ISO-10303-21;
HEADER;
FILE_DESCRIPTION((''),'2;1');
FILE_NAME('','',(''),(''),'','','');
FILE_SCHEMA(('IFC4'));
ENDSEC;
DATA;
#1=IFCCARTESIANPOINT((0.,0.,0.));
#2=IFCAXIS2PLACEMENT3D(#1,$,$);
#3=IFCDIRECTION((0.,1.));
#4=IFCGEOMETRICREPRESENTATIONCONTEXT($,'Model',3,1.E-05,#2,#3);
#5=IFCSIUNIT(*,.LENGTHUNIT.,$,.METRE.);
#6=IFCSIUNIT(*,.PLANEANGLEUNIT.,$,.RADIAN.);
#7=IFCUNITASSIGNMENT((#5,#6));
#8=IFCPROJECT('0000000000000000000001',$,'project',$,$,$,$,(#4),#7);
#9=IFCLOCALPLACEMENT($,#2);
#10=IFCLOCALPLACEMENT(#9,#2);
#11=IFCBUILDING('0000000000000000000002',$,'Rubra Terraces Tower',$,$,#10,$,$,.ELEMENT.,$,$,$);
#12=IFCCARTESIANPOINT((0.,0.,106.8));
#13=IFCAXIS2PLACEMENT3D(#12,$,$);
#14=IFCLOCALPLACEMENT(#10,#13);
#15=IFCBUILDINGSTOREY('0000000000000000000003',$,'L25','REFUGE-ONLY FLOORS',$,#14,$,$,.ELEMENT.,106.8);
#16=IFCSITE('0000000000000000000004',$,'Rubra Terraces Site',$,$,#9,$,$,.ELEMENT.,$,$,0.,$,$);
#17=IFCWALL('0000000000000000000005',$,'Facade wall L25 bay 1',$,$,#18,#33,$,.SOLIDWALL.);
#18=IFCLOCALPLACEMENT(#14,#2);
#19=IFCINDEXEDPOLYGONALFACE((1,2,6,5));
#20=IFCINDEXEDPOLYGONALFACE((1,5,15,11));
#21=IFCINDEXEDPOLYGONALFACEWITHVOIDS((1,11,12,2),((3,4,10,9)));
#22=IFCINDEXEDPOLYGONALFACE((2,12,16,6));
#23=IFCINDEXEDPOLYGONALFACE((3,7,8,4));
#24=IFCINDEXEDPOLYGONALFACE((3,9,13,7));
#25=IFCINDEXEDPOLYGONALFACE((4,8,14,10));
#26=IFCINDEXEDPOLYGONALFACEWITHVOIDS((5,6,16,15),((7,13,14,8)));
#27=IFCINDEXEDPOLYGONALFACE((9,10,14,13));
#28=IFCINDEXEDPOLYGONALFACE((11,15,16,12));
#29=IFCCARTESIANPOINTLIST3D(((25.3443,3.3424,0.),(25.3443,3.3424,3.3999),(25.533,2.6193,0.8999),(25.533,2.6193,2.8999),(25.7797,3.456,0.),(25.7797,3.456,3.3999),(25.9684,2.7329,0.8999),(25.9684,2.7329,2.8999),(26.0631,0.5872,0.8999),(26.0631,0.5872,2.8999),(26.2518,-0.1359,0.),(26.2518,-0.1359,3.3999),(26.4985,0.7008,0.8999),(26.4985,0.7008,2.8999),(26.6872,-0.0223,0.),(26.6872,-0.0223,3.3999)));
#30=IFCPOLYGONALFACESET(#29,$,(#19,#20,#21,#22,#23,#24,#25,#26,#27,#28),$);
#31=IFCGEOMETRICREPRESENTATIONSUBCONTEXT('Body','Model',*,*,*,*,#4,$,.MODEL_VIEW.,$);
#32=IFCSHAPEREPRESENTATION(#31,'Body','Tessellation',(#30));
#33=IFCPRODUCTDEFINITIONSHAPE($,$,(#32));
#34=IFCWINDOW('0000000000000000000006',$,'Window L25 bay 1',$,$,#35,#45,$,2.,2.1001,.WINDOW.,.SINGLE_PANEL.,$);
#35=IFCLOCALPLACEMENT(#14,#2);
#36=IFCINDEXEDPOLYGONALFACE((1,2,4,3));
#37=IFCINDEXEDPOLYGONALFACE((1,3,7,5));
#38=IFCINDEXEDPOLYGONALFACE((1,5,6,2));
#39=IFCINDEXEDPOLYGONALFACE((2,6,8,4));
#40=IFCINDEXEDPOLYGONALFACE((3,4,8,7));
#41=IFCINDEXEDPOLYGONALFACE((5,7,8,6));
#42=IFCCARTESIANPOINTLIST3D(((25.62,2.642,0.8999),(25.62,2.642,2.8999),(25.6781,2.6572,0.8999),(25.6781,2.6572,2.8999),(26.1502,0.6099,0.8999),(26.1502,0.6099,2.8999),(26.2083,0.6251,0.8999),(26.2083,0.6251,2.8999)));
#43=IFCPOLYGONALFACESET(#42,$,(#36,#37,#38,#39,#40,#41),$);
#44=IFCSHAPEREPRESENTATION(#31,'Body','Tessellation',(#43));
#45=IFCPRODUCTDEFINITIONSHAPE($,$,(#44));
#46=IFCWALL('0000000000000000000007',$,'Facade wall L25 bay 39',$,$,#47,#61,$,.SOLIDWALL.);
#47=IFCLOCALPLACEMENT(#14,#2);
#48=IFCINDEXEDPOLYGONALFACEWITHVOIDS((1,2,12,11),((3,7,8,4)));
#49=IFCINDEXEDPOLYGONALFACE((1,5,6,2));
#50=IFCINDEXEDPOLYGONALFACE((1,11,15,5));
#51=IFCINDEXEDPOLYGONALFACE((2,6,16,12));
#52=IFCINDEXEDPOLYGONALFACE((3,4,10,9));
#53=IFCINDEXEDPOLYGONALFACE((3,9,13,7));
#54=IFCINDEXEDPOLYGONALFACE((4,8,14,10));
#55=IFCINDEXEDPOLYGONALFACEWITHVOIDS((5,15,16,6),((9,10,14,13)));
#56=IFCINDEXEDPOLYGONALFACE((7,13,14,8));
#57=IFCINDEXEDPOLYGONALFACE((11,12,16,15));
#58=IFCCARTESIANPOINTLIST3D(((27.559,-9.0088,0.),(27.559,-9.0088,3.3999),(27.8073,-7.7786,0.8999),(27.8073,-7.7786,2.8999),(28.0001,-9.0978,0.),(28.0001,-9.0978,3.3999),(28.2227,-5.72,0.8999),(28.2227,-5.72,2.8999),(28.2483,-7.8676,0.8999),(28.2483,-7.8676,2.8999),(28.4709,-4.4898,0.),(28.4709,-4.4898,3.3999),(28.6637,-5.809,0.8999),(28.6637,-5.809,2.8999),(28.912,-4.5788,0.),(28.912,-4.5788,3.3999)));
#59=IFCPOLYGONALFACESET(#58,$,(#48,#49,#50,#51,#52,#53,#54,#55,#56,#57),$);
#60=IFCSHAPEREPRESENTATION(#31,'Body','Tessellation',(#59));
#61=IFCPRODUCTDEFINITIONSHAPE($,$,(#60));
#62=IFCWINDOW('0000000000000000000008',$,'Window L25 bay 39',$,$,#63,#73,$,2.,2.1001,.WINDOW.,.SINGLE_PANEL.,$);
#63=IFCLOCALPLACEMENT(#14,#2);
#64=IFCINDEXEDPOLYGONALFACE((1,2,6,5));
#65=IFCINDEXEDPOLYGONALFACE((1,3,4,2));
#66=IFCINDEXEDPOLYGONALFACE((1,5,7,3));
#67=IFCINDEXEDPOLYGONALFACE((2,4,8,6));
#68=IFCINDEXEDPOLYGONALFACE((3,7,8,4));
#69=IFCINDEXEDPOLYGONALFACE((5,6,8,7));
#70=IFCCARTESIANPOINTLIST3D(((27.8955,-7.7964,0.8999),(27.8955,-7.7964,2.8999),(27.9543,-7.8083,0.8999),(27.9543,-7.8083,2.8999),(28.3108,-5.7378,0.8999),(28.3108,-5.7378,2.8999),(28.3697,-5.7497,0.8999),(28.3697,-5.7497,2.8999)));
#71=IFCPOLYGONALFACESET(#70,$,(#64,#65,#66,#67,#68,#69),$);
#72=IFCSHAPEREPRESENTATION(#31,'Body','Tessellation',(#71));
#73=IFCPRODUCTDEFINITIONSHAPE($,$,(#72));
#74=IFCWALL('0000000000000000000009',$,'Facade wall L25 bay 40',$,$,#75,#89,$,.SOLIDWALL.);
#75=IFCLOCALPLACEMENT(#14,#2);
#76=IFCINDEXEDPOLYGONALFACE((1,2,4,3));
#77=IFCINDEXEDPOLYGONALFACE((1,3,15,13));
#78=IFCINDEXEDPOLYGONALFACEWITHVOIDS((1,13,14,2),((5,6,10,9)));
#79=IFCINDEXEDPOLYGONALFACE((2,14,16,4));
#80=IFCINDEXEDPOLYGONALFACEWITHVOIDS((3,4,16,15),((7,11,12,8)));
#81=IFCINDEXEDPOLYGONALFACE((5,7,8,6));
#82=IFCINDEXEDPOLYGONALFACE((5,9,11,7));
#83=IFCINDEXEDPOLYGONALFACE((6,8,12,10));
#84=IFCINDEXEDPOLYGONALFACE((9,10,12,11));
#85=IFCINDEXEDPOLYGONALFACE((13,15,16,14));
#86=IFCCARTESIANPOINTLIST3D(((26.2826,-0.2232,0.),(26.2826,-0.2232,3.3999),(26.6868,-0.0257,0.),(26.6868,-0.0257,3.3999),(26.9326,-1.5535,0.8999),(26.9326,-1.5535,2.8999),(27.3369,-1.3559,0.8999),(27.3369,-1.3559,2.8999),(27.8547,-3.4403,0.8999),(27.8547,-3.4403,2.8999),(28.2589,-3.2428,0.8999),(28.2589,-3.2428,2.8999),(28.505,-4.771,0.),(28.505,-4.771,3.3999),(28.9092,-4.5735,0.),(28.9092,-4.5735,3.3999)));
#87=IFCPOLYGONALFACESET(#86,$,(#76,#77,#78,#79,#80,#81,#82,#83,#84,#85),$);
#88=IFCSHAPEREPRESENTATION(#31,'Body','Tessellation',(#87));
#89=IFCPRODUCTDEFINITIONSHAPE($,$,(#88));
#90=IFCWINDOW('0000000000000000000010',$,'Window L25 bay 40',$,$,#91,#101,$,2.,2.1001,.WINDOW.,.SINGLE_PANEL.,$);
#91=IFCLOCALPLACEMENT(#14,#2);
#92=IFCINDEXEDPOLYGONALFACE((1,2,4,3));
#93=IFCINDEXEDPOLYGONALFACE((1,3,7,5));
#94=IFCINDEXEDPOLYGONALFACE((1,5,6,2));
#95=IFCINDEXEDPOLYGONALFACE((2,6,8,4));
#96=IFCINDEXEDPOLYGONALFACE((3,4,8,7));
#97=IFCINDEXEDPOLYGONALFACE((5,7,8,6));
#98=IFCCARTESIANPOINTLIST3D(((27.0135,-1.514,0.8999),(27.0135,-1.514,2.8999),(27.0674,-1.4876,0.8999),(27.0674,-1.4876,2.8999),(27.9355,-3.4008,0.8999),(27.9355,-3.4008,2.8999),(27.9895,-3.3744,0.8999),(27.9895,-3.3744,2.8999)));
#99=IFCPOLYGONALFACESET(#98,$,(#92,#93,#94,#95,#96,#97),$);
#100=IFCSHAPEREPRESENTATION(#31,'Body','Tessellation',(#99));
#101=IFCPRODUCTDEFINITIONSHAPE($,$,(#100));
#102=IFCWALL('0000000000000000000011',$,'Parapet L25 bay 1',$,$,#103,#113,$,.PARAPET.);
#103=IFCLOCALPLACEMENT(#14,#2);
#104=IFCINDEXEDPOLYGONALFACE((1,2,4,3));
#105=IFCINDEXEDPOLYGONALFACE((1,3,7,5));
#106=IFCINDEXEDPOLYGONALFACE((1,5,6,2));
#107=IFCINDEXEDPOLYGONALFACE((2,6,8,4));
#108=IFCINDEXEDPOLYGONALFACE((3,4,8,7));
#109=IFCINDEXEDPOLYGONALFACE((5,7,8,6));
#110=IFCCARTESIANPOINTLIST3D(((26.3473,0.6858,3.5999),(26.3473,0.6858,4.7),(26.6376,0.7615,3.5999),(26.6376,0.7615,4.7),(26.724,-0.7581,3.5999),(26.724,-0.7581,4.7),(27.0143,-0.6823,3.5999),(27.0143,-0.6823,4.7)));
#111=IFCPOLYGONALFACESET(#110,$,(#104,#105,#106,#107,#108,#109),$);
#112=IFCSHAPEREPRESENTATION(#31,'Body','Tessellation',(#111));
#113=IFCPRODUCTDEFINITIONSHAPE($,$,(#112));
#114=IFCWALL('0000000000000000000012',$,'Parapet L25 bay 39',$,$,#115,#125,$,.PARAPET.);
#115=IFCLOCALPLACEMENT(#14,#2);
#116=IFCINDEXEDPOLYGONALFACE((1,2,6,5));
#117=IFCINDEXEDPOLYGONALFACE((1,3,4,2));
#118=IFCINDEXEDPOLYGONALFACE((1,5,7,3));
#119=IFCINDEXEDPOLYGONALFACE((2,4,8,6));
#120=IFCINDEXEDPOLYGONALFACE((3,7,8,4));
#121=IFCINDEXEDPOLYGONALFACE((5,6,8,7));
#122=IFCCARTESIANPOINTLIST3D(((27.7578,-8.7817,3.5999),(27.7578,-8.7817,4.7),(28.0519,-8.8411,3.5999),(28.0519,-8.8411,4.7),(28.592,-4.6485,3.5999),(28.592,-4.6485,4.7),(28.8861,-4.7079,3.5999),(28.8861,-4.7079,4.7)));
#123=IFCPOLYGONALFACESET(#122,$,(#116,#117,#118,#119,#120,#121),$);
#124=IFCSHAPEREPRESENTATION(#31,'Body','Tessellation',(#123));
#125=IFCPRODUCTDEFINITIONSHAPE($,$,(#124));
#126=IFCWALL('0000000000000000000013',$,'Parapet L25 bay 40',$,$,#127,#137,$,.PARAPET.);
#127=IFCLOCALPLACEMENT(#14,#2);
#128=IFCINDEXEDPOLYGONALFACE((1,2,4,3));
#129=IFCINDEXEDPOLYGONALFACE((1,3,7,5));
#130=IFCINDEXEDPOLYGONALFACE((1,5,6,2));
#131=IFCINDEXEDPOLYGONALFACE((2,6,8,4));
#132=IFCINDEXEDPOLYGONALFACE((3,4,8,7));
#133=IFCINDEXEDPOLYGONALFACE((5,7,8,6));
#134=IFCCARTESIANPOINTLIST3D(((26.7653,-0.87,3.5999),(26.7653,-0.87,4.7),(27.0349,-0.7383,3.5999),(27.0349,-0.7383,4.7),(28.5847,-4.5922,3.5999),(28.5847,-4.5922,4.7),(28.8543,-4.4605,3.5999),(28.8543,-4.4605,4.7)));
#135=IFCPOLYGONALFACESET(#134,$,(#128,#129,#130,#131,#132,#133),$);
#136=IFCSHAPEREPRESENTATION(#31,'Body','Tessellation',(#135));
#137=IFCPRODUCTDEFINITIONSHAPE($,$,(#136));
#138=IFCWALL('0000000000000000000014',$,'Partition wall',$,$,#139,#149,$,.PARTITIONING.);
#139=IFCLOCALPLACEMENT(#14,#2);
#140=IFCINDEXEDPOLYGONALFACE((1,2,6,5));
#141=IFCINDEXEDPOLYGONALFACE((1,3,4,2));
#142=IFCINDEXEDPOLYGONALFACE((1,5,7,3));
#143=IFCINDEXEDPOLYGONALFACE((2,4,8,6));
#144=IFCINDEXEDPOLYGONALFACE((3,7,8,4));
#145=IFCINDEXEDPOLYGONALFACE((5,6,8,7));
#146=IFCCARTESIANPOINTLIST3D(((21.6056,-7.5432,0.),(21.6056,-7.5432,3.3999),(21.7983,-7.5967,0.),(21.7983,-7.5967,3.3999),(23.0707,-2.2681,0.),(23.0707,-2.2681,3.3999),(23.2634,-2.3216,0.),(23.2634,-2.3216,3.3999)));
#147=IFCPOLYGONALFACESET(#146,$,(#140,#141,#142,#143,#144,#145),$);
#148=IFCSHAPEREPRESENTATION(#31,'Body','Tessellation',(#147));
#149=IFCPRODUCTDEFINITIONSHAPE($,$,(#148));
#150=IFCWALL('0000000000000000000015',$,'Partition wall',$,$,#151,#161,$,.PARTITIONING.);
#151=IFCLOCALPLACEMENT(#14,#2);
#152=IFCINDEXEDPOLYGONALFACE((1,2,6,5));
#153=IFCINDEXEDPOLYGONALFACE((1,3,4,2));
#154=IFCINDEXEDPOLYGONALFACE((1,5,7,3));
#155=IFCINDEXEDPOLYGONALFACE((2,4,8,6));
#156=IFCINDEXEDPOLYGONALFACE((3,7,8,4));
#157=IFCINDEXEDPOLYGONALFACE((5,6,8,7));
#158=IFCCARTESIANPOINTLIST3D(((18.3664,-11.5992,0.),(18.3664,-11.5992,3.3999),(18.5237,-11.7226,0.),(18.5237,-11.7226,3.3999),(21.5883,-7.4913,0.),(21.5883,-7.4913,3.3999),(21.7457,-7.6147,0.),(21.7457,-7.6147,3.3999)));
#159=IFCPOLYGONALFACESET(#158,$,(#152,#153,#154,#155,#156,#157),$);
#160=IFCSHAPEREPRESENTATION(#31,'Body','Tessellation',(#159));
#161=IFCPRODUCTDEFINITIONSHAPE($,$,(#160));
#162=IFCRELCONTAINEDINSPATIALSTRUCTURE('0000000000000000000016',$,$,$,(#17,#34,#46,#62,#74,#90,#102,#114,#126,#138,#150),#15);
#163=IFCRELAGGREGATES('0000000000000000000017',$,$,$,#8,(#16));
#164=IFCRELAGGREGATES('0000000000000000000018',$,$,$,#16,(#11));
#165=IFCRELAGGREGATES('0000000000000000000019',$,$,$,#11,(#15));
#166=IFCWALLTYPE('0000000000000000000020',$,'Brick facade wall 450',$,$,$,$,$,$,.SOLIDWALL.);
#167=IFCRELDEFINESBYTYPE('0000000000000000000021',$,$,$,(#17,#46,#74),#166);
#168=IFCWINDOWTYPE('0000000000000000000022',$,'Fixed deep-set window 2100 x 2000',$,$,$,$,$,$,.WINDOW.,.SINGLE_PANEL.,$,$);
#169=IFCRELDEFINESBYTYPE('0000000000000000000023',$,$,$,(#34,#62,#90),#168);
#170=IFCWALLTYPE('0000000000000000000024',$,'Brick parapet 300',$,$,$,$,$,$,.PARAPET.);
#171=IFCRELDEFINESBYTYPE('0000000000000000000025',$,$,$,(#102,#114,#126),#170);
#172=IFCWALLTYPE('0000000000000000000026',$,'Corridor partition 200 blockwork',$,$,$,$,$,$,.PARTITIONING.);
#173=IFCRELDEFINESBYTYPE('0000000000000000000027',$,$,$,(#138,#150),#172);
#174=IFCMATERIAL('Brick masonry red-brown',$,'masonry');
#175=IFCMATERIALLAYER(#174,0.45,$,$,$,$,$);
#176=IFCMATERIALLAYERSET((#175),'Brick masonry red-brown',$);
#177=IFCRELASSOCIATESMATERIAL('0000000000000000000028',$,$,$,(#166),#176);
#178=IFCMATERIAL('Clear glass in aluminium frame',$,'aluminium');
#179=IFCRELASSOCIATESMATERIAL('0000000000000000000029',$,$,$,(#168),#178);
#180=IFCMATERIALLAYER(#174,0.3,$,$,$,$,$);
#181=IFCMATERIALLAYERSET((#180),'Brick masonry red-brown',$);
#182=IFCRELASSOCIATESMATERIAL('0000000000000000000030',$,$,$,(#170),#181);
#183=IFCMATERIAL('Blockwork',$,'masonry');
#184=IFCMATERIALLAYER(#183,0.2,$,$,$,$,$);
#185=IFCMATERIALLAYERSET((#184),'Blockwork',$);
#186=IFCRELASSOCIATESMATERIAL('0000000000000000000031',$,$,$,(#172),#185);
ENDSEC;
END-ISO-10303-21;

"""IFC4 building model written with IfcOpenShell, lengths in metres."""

from ifc_helpers import new_model, si_unit, direction, frame, frame_2d, origin, place, context, subcontext, project, spatial, rectangle, extrude, material, layer, layer_set, type_object, element, fill, save


model = new_model("IFC4")

# Units and contexts
model_context = context("Model", 3, precision=1e-05, world=origin(), true_north=direction((0.0, 1.0)))
body_context = subcontext(model_context, "Body", "Model", "MODEL_VIEW")
ifc_project = project(units=[si_unit("LENGTHUNIT", "METRE"), si_unit("PLANEANGLEUNIT", "RADIAN")], contexts=[model_context])

# Site, building, storey
site_placement = place(None, origin())
site = spatial("IfcSite", under=ifc_project, at=site_placement, Name="Rubra Terraces Site", CompositionType="ELEMENT", RefElevation=0.0)
building_placement = place(site_placement, origin())
building = spatial("IfcBuilding", under=site, at=building_placement, Name="Rubra Terraces Tower", CompositionType="ELEMENT")
storey_placement = place(building_placement, frame((0.0, 0.0, 106.8)))
storey = spatial("IfcBuildingStorey", under=building, at=storey_placement, Name="L25", Description="REFUGE-ONLY FLOORS", CompositionType="ELEMENT", Elevation=106.8)

# Walls, openings, windows
ifc_material_1 = material(Name="Brick masonry red-brown", Category="masonry")
ifc_layer_1 = layer(ifc_material_1, 0.45)
ifc_layer_set_1 = layer_set([ifc_layer_1], Name="Brick masonry red-brown")
wall_type_1 = type_object("IfcWallType", Name="Brick facade wall 450", PredefinedType="SOLIDWALL", material=ifc_layer_set_1)
wall_1_placement = place(storey_placement, frame((26.4695, -0.0791, 0.0), z_axis=(0.0, 0.0, 1.0), x_axis=(-0.252447, 0.967611, 0.0)))
wall_1 = element("IfcWall", 1, at=wall_1_placement, inside=storey, type_object=wall_type_1, Name="Facade wall L25 bay 1", PredefinedType="SOLIDWALL", context=body_context, shape_type="SweptSolid", body=[
    extrude(rectangle(XDim=3.5947, YDim=0.45, at=frame_2d((1.7974, 0.0))), origin(), (0.0, 0.0, 1.0), 3.3999),
])
opening_1_placement = place(wall_1_placement, frame((0.7473, 0.0, 0.8999)))
opening_1 = element("IfcOpeningElement", 2, at=opening_1_placement, cuts=wall_1, PredefinedType="OPENING", context=body_context, shape_type="SweptSolid", body=[
    extrude(rectangle(XDim=2.1001, YDim=2.0, at=frame_2d((1.05, 1.0))), frame((0.0, 0.2349, 0.0), z_axis=(0.0, -1.0, 0.0), x_axis=(1.0, 0.0, 0.0)), (0.0, 0.0, 1.0), 0.47),
])
ifc_material_2 = material(Name="Clear glass in aluminium frame", Category="aluminium")
window_type = type_object("IfcWindowType", Name="Fixed deep-set window 2100 x 2000", PartitioningType="SINGLE_PANEL", PredefinedType="WINDOW", material=ifc_material_2)
window_1_placement = place(opening_1_placement, origin())
window_1 = element("IfcWindow", 3, at=window_1_placement, inside=storey, type_object=window_type, Name="Window L25 bay 1", OverallHeight=2.0, OverallWidth=2.1001, PartitioningType="SINGLE_PANEL", PredefinedType="WINDOW", context=body_context, shape_type="SweptSolid", body=[
    extrude(rectangle(XDim=2.1001, YDim=2.0, at=frame_2d((1.05, 1.0))), frame((0.0, 0.135, 0.0), z_axis=(0.0, -1.0, 0.0), x_axis=(1.0, 0.0, 0.0)), (0.0, 0.0, 1.0), 0.0601),
])
fill(opening_1, window_1)
wall_2_placement = place(storey_placement, frame((27.7795, -9.0535, 0.0), z_axis=(0.0, 0.0, 1.0), x_axis=(0.197796, 0.980243, 0.0)))
wall_2 = element("IfcWall", 4, at=wall_2_placement, inside=storey, type_object=wall_type_1, Name="Facade wall L25 bay 39", PredefinedType="SOLIDWALL", context=body_context, shape_type="SweptSolid", body=[
    extrude(rectangle(XDim=4.6101, YDim=0.45, at=frame_2d((2.3052, 0.0))), origin(), (0.0, 0.0, 1.0), 3.3999),
])
opening_2_placement = place(wall_2_placement, frame((1.2551, 0.0, 0.8999)))
opening_2 = element("IfcOpeningElement", 5, at=opening_2_placement, cuts=wall_2, PredefinedType="OPENING", context=body_context, shape_type="SweptSolid", body=[
    extrude(rectangle(XDim=2.1001, YDim=2.0, at=frame_2d((1.05, 1.0))), frame((0.0, 0.2349, 0.0), z_axis=(0.0, -1.0, 0.0), x_axis=(1.0, 0.0, 0.0)), (0.0, 0.0, 1.0), 0.47),
])
window_2_placement = place(opening_2_placement, origin())
window_2 = element("IfcWindow", 6, at=window_2_placement, inside=storey, type_object=window_type, Name="Window L25 bay 39", OverallHeight=2.0, OverallWidth=2.1001, PartitioningType="SINGLE_PANEL", PredefinedType="WINDOW", context=body_context, shape_type="SweptSolid", body=[
    extrude(rectangle(XDim=2.1001, YDim=2.0, at=frame_2d((1.05, 1.0))), frame((0.0, 0.135, 0.0), z_axis=(0.0, -1.0, 0.0), x_axis=(1.0, 0.0, 0.0)), (0.0, 0.0, 1.0), 0.0601),
])
fill(opening_2, window_2)
wall_3_placement = place(storey_placement, frame((28.707, -4.6721, 0.0), z_axis=(0.0, 0.0, 1.0), x_axis=(-0.439054, 0.898461, 0.0)))
wall_3 = element("IfcWall", 7, at=wall_3_placement, inside=storey, type_object=wall_type_1, Name="Facade wall L25 bay 40", PredefinedType="SOLIDWALL", context=body_context, shape_type="SweptSolid", body=[
    extrude(rectangle(XDim=5.0618, YDim=0.45, at=frame_2d((2.5308, 0.0))), origin(), (0.0, 0.0, 1.0), 3.3999),
])
opening_3_placement = place(wall_3_placement, frame((1.481, 0.0, 0.8999)))
opening_3 = element("IfcOpeningElement", 8, at=opening_3_placement, cuts=wall_3, PredefinedType="OPENING", context=body_context, shape_type="SweptSolid", body=[
    extrude(rectangle(XDim=2.1001, YDim=2.0, at=frame_2d((1.05, 1.0))), frame((0.0, 0.2349, 0.0), z_axis=(0.0, -1.0, 0.0), x_axis=(1.0, 0.0, 0.0)), (0.0, 0.0, 1.0), 0.47),
])
window_3_placement = place(opening_3_placement, origin())
window_3 = element("IfcWindow", 9, at=window_3_placement, inside=storey, type_object=window_type, Name="Window L25 bay 40", OverallHeight=2.0, OverallWidth=2.1001, PartitioningType="SINGLE_PANEL", PredefinedType="WINDOW", context=body_context, shape_type="SweptSolid", body=[
    extrude(rectangle(XDim=2.1001, YDim=2.0, at=frame_2d((1.05, 1.0))), frame((0.0, 0.135, 0.0), z_axis=(0.0, -1.0, 0.0), x_axis=(1.0, 0.0, 0.0)), (0.0, 0.0, 1.0), 0.0601),
])
fill(opening_3, window_3)

# Walls
ifc_layer_2 = layer(ifc_material_1, 0.3)
ifc_layer_set_2 = layer_set([ifc_layer_2], Name="Brick masonry red-brown")
wall_type_2 = type_object("IfcWallType", Name="Brick parapet 300", PredefinedType="PARAPET", material=ifc_layer_set_2)
wall_4_placement = place(storey_placement, frame((26.8691, -0.7202, 3.5999), z_axis=(0.0, 0.0, 1.0), x_axis=(-0.252455, 0.967609, 0.0)))
element("IfcWall", 10, at=wall_4_placement, inside=storey, type_object=wall_type_2, Name="Parapet L25 bay 1", PredefinedType="PARAPET", context=body_context, shape_type="SweptSolid", body=[
    extrude(rectangle(XDim=1.4922, YDim=0.3, at=frame_2d((0.7461, 0.0))), origin(), (0.0, 0.0, 1.0), 1.1001),
])
wall_5_placement = place(storey_placement, frame((27.9048, -8.8115, 3.5999), z_axis=(0.0, 0.0, 1.0), x_axis=(0.197842, 0.980234, 0.0)))
element("IfcWall", 11, at=wall_5_placement, inside=storey, type_object=wall_type_2, Name="Parapet L25 bay 39", PredefinedType="PARAPET", context=body_context, shape_type="SweptSolid", body=[
    extrude(rectangle(XDim=4.2166, YDim=0.3, at=frame_2d((2.1084, 0.0))), origin(), (0.0, 0.0, 1.0), 1.1001),
])
wall_6_placement = place(storey_placement, frame((28.7195, -4.5264, 3.5999), z_axis=(0.0, 0.0, 1.0), x_axis=(-0.439134, 0.898422, 0.0)))
element("IfcWall", 12, at=wall_6_placement, inside=storey, type_object=wall_type_2, Name="Parapet L25 bay 40", PredefinedType="PARAPET", context=body_context, shape_type="SweptSolid", body=[
    extrude(rectangle(XDim=4.1431, YDim=0.3, at=frame_2d((2.0715, 0.0))), origin(), (0.0, 0.0, 1.0), 1.1001),
])
ifc_material_3 = material(Name="Blockwork", Category="masonry")
ifc_layer_3 = layer(ifc_material_3, 0.2)
ifc_layer_set_3 = layer_set([ifc_layer_3], Name="Blockwork")
wall_type_3 = type_object("IfcWallType", Name="Corridor partition 200 blockwork", PredefinedType="PARTITIONING", material=ifc_layer_set_3)
wall_7_placement = place(storey_placement, frame((23.167, -2.2949, 0.0), z_axis=(0.0, 0.0, 1.0), x_axis=(-0.267605, -0.963529, 0.0)))
element("IfcWall", 13, at=wall_7_placement, inside=storey, type_object=wall_type_3, Name="Partition wall", PredefinedType="PARTITIONING", context=body_context, shape_type="SweptSolid", body=[
    extrude(rectangle(XDim=5.4749, YDim=0.2, at=frame_2d((2.7373, 0.0))), origin(), (0.0, 0.0, 1.0), 3.3999),
])
wall_8_placement = place(storey_placement, frame((21.667, -7.553, 0.0), z_axis=(0.0, 0.0, 1.0), x_axis=(-0.617144, -0.78685, 0.0)))
element("IfcWall", 14, at=wall_8_placement, inside=storey, type_object=wall_type_3, Name="Partition wall", PredefinedType="PARTITIONING", context=body_context, shape_type="SweptSolid", body=[
    extrude(rectangle(XDim=5.2207, YDim=0.2, at=frame_2d((2.6104, 0.0))), origin(), (0.0, 0.0, 1.0), 3.3999),
])

save(model, "model.ifc")
